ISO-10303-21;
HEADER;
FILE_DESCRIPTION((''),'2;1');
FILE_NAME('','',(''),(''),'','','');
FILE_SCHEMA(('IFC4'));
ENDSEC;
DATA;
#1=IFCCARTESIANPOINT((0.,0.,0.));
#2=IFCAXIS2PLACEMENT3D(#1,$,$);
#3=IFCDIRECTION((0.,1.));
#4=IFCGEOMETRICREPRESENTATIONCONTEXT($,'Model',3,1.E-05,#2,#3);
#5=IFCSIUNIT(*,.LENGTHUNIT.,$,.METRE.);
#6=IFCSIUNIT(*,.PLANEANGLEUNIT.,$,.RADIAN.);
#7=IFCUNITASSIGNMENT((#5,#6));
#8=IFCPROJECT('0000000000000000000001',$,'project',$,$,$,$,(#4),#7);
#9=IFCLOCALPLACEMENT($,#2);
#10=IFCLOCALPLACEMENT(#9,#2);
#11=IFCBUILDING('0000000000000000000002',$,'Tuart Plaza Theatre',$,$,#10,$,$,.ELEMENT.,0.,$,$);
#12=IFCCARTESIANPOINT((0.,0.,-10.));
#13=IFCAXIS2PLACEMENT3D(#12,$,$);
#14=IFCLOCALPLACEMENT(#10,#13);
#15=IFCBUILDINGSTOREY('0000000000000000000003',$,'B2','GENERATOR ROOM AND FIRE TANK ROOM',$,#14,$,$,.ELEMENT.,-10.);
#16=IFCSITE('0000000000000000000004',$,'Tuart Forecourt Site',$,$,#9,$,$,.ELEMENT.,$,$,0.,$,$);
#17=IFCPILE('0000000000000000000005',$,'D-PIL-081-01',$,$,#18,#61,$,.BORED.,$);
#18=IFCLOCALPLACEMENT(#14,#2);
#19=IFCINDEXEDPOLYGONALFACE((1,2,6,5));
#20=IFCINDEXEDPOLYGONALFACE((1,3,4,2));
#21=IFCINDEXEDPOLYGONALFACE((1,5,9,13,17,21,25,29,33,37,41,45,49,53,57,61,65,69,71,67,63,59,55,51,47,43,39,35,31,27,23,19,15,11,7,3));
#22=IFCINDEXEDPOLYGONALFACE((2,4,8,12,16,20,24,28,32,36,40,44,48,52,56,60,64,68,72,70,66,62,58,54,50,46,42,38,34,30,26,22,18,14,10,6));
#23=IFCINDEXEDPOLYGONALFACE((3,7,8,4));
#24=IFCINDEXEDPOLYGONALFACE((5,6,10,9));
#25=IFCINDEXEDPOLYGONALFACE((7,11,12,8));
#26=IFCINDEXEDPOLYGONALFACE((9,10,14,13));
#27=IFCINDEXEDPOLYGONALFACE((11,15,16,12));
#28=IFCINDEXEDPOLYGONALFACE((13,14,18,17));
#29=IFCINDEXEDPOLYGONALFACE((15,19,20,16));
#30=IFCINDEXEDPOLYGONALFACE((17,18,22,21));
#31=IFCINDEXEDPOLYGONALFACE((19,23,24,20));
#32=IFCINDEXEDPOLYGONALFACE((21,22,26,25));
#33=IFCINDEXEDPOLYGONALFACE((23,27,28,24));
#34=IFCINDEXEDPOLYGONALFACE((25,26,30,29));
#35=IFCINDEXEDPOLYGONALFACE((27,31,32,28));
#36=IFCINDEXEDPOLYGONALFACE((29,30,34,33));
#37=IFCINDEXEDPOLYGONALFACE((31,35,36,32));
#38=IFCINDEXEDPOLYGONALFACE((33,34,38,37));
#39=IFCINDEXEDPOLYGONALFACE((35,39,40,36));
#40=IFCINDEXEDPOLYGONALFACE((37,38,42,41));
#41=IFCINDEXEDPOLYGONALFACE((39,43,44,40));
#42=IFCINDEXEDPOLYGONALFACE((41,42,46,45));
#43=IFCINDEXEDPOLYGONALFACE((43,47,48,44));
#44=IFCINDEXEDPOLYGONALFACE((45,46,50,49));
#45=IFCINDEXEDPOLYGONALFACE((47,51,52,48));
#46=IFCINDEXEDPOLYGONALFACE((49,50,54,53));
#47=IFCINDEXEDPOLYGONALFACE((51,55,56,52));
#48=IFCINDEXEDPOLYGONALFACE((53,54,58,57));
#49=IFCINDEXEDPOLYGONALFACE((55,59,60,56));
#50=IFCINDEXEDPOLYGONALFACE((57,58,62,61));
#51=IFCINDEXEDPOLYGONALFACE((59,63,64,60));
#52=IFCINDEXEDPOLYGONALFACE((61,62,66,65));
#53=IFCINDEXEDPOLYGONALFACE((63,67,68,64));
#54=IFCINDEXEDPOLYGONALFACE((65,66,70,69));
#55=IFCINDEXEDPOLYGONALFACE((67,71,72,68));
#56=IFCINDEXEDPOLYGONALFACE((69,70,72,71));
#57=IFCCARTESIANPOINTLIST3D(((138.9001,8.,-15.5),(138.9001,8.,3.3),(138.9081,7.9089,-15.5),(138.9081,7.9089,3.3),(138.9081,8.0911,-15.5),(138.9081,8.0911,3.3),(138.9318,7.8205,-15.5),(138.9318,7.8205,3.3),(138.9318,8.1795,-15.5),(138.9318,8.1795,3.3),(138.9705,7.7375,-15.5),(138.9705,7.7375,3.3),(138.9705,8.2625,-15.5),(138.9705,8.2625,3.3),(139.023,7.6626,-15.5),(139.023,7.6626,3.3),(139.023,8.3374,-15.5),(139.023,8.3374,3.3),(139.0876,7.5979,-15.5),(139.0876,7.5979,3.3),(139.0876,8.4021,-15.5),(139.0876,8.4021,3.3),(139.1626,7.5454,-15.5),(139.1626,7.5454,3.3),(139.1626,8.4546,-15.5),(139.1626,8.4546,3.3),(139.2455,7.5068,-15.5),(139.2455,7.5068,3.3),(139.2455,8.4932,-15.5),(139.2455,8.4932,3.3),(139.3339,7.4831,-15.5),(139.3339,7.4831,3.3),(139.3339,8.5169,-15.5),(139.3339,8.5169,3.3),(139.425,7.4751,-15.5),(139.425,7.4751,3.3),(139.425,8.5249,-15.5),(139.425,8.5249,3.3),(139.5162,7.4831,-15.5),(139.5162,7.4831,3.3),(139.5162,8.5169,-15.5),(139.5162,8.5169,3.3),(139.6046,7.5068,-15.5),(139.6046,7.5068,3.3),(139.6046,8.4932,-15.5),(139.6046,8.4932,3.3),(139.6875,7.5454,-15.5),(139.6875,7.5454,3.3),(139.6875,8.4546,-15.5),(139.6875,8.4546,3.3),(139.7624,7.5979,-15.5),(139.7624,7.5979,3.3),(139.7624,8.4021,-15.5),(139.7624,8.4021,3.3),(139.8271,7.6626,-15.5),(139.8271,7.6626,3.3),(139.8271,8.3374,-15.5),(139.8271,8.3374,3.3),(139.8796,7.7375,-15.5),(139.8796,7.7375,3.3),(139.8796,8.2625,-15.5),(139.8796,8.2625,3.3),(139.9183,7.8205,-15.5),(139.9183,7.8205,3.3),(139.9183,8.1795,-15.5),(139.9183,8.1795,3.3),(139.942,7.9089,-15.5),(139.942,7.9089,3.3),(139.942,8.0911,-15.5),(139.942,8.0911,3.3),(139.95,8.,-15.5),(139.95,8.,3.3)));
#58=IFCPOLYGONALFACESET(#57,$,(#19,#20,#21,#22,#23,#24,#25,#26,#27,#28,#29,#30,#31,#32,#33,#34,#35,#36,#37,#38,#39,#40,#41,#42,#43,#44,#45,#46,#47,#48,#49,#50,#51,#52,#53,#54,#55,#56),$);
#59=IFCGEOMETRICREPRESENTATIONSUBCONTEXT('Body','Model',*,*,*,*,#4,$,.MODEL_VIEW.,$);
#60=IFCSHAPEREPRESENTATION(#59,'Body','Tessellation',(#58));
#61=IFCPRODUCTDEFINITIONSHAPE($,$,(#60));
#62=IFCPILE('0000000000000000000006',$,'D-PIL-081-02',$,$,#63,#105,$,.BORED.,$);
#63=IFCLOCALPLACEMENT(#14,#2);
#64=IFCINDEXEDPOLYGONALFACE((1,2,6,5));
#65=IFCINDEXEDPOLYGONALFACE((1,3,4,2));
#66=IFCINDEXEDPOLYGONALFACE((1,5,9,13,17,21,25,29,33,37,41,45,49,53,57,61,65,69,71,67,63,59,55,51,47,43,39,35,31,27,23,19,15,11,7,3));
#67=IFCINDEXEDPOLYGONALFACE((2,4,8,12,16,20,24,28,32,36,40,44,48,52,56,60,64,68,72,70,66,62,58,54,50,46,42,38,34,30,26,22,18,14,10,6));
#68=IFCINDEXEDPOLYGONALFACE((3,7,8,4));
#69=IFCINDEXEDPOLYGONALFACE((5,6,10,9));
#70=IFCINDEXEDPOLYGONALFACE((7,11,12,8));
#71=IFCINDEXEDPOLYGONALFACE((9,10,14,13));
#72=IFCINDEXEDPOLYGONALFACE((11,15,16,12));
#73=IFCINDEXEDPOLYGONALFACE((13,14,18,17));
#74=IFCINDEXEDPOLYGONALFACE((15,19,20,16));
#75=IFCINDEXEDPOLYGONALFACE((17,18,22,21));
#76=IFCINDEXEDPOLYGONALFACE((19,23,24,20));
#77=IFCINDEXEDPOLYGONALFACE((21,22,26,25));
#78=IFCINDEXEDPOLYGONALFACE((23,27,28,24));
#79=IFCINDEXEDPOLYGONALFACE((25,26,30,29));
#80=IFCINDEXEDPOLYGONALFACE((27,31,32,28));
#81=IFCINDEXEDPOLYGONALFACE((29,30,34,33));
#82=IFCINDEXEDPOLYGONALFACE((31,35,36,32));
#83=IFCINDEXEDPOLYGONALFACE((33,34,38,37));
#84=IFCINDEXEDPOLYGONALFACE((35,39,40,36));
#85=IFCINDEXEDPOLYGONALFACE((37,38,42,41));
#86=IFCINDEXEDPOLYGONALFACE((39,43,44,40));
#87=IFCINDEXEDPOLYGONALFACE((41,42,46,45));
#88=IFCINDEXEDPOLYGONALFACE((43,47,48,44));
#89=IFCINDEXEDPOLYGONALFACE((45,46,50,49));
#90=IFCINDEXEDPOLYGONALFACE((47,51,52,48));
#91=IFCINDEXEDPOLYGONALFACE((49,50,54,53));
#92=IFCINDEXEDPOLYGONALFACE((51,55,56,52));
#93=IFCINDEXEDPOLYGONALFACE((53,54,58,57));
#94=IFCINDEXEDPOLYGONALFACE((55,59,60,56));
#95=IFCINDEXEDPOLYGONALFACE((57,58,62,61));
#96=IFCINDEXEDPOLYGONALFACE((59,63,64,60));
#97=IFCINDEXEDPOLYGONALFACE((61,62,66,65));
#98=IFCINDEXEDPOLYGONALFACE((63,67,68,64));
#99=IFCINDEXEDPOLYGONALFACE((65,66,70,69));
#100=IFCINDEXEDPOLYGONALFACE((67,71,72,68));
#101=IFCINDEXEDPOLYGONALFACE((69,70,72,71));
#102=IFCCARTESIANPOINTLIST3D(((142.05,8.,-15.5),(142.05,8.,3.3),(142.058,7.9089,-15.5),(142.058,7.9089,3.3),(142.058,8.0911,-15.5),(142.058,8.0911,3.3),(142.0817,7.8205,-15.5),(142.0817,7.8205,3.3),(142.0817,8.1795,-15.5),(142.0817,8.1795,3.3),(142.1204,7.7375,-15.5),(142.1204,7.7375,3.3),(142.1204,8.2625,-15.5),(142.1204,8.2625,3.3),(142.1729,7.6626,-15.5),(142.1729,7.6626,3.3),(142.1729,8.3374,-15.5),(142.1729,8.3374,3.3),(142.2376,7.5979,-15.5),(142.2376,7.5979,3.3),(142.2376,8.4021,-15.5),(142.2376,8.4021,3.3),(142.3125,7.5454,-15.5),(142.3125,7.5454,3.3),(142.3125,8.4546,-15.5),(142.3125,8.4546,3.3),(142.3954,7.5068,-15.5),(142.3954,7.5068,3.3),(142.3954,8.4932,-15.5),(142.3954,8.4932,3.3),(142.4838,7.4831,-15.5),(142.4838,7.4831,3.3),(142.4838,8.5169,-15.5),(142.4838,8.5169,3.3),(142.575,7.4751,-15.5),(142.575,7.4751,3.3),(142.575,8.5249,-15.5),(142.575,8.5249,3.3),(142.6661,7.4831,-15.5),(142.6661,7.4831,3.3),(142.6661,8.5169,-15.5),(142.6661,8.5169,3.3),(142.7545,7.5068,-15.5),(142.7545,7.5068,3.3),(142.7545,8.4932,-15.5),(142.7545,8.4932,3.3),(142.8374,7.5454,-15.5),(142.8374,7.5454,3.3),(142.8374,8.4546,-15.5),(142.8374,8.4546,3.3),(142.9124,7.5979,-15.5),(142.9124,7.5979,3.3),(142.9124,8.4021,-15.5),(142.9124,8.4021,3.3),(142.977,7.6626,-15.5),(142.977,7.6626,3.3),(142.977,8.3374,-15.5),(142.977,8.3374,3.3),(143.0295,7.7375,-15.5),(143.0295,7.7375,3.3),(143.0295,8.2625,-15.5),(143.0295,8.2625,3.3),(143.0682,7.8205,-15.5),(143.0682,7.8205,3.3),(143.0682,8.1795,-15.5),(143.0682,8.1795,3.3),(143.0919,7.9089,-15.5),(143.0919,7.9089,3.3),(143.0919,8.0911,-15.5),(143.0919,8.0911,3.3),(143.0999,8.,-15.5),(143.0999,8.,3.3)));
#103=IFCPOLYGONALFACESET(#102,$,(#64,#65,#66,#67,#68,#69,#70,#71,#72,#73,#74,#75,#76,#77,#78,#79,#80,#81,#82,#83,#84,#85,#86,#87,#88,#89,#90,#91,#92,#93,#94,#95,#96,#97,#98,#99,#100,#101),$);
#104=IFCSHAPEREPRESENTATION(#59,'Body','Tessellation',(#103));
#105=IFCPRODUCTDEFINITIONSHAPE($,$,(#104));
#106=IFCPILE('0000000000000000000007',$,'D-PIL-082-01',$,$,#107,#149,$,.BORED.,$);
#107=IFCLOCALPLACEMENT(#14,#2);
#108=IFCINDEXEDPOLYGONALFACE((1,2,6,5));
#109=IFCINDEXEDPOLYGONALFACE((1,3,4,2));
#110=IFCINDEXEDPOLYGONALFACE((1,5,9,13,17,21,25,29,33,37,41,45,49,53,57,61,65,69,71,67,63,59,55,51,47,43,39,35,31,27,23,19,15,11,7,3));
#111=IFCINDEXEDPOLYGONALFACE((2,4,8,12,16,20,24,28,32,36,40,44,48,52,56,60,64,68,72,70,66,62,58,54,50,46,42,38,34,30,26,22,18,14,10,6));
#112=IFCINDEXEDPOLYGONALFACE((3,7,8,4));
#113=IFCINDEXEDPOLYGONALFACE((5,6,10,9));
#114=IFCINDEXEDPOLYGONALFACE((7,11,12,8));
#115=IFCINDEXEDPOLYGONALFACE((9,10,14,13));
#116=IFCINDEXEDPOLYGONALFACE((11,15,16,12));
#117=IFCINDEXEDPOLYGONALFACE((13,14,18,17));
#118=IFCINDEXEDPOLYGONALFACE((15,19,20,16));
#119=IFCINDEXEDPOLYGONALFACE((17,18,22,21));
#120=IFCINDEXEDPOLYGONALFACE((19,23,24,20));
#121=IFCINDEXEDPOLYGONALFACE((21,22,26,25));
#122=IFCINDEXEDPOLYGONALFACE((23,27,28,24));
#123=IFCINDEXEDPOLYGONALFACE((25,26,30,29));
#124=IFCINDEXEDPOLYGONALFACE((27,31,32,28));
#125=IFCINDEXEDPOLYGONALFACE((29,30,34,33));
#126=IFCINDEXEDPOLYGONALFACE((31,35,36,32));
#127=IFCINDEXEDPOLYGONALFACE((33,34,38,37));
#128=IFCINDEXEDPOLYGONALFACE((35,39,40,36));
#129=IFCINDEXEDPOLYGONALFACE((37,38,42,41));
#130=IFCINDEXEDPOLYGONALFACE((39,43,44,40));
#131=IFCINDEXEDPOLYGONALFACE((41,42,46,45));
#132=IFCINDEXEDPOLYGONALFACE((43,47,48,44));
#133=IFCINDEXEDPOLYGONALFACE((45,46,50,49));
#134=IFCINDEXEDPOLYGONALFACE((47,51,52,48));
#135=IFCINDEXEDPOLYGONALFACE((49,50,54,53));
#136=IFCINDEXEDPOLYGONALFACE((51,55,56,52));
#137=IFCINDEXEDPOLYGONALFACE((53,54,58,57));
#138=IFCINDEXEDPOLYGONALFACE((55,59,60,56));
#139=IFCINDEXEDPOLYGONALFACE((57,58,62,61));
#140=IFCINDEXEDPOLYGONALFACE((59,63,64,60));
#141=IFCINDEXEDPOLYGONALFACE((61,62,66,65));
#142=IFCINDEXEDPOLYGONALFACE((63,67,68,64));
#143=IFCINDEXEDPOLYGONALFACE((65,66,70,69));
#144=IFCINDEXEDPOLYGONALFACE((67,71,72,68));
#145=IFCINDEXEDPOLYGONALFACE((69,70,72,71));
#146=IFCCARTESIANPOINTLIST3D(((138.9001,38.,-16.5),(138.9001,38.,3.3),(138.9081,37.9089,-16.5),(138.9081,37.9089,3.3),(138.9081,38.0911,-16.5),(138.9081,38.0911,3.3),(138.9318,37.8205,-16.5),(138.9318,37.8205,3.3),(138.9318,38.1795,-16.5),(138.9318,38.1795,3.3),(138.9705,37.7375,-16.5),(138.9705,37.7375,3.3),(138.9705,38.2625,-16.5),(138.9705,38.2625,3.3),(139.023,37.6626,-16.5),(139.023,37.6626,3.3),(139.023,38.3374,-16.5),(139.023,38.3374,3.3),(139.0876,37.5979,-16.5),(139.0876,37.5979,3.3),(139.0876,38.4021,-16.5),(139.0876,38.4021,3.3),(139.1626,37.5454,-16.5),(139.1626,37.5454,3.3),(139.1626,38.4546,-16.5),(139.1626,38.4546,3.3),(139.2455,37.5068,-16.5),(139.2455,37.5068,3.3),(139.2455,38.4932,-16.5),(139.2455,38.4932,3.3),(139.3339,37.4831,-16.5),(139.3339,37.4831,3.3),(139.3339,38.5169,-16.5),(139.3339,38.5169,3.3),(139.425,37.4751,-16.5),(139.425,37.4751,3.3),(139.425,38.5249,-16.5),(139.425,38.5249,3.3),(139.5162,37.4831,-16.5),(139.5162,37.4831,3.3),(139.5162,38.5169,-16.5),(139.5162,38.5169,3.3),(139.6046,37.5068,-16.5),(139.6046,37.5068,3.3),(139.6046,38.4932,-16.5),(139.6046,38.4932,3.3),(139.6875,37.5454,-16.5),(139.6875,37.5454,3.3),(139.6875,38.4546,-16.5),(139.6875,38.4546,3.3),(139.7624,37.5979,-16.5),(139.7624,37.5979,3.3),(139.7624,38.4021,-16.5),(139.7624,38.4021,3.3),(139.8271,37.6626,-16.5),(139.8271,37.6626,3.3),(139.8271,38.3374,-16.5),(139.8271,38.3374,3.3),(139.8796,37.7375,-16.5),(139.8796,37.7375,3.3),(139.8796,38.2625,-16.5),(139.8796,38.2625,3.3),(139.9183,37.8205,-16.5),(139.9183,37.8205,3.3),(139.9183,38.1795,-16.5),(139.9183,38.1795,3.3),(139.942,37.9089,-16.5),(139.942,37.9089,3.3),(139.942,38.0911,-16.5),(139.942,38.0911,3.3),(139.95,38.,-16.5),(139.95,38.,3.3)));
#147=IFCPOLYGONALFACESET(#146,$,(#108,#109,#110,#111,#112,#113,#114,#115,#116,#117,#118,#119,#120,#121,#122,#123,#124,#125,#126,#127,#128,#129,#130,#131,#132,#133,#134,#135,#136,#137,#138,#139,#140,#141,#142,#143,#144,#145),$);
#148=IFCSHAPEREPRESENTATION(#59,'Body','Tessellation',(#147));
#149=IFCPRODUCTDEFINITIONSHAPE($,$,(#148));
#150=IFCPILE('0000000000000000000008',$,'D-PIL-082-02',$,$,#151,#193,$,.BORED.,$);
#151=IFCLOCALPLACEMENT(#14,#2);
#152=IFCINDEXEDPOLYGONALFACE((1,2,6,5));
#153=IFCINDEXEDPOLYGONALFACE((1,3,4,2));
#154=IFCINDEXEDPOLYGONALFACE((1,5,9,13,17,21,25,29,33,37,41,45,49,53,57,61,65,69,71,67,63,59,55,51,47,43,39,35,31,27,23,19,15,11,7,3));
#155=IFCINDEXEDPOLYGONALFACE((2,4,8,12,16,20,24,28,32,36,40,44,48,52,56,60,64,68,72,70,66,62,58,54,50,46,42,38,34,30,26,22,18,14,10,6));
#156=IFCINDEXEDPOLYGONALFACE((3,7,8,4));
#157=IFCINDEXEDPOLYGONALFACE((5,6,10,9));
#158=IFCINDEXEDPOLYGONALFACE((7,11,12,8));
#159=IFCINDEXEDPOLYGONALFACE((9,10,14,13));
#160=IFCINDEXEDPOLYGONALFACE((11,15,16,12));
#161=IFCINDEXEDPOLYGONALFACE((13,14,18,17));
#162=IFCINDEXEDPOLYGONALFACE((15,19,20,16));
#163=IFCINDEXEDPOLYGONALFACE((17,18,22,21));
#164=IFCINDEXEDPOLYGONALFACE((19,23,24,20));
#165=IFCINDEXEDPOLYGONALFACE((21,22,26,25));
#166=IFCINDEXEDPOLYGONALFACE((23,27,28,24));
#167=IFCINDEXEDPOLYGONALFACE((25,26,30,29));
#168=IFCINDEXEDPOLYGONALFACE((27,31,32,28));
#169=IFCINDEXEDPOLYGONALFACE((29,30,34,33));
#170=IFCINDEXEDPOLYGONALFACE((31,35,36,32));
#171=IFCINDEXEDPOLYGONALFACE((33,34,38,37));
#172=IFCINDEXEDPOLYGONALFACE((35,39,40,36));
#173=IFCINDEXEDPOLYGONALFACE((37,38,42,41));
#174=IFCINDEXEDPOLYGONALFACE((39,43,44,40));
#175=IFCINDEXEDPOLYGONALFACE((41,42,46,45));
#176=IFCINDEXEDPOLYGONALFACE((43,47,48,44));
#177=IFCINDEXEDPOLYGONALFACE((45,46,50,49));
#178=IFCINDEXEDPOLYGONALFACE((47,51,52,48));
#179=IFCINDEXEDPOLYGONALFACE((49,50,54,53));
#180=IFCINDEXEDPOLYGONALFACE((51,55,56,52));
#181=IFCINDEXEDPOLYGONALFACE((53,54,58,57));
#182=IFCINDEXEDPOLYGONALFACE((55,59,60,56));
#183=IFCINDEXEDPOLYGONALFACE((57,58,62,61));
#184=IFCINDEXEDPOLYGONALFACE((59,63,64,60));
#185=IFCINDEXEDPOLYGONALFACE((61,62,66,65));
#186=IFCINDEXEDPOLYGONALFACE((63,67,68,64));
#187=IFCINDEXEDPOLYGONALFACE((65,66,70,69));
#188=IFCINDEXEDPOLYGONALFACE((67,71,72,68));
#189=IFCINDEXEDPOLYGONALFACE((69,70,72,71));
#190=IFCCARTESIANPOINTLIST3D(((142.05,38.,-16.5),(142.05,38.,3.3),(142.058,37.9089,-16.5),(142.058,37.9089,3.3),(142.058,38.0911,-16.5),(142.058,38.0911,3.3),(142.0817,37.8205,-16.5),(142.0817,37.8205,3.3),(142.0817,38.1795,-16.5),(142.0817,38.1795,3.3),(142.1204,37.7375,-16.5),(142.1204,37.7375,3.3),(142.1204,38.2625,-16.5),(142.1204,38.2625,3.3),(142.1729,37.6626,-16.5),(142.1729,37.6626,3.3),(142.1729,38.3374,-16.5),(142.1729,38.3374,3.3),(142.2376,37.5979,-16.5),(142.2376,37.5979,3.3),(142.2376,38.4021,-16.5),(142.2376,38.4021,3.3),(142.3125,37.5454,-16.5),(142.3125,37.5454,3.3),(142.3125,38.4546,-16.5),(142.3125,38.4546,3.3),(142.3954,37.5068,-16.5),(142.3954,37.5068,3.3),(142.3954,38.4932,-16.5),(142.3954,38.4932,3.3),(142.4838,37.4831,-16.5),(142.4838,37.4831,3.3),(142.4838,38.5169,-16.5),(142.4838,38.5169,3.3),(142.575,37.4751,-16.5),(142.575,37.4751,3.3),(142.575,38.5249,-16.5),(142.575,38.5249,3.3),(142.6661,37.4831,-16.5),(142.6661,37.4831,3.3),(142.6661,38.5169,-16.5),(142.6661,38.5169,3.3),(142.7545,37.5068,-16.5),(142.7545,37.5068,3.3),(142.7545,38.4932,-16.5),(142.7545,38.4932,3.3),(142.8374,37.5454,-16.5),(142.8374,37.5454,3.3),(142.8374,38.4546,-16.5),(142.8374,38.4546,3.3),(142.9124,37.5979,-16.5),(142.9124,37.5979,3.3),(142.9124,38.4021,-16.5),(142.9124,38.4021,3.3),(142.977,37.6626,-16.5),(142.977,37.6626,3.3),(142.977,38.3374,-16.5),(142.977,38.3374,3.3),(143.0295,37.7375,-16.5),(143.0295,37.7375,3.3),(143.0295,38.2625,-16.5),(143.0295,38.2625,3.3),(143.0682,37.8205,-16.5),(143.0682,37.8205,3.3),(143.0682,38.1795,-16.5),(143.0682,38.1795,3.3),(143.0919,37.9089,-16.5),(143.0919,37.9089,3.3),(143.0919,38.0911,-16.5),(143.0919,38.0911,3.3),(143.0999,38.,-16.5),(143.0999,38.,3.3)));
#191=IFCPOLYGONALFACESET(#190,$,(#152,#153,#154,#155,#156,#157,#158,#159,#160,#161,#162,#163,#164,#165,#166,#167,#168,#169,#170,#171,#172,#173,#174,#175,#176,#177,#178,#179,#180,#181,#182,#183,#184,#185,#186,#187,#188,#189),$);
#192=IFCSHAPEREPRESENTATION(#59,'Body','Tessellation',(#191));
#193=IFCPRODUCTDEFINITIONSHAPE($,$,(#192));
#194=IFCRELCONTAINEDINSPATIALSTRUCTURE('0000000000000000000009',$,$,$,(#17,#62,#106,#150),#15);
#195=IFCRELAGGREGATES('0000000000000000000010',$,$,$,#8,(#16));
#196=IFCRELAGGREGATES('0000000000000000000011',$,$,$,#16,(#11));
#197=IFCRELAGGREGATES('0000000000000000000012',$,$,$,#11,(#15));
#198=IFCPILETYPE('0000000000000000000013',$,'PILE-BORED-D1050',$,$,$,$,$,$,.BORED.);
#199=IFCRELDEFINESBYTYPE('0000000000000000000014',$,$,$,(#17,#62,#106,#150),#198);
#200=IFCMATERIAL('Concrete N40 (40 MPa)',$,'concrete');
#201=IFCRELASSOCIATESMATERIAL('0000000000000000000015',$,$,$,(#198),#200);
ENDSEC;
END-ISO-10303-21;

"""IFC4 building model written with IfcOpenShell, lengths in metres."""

from ifc_helpers import new_model, si_unit, direction, frame, origin, origin_2d, place, context, subcontext, project, spatial, circle, extrude, material, material_profile, profile_set, type_object, element, save


model = new_model("IFC4")

# Units and contexts
model_context = context("Model", 3, precision=1e-05, world=origin(), true_north=direction((0.0, 1.0)))
body_context = subcontext(model_context, "Body", "Model", "MODEL_VIEW")
ifc_project = project(units=[si_unit("LENGTHUNIT", "METRE"), si_unit("PLANEANGLEUNIT", "RADIAN")], contexts=[model_context])

# Site, building, storey
site_placement = place(None, origin())
site = spatial("IfcSite", under=ifc_project, at=site_placement, Name="Tuart Forecourt Site", CompositionType="ELEMENT", RefElevation=0.0)
building_placement = place(site_placement, origin())
building = spatial("IfcBuilding", under=site, at=building_placement, Name="Tuart Plaza Theatre", CompositionType="ELEMENT", ElevationOfRefHeight=0.0)
storey_placement = place(building_placement, frame((0.0, 0.0, -10.0)))
storey = spatial("IfcBuildingStorey", under=building, at=storey_placement, Name="B2", Description="GENERATOR ROOM AND FIRE TANK ROOM", CompositionType="ELEMENT", Elevation=-10.0)

# Piles
ifc_material_1 = material(Name="Concrete N40 (40 MPa)", Category="concrete")
ifc_material_profile_1 = material_profile(ifc_material_1, circle(Radius=0.5249, at=origin_2d()), Name="PILE-BORED-D1050")
ifc_profile_set_1 = profile_set([ifc_material_profile_1], Name="Concrete N40 (40 MPa)")
pile_type_1 = type_object("IfcPileType", Name="PILE-BORED-D1050", PredefinedType="BORED", material=ifc_profile_set_1)
for number, where, z_axis, x_axis, name in (
    (1, (139.425, 8.0, 3.3), (0.0, 0.0, -1.0), (1.0, 0.0, 0.0), "D-PIL-081-01"),
    (2, (142.575, 8.0, 3.3), (0.0, 0.0, -1.0), (1.0, 0.0, 0.0), "D-PIL-081-02"),
):
    element("IfcPile", number, at=place(storey_placement, frame(where, z_axis=z_axis, x_axis=x_axis)), inside=storey, type_object=pile_type_1, Name=name, PredefinedType="BORED", context=body_context, shape_type="SweptSolid", body=[
        extrude(circle(Radius=0.5249, at=origin_2d()), origin(), (0.0, 0.0, 1.0), 18.8),
    ])
for number, where, z_axis, x_axis, name in (
    (3, (139.425, 38.0, 3.3), (0.0, 0.0, -1.0), (1.0, 0.0, 0.0), "D-PIL-082-01"),
    (4, (142.575, 38.0, 3.3), (0.0, 0.0, -1.0), (1.0, 0.0, 0.0), "D-PIL-082-02"),
):
    element("IfcPile", number, at=place(storey_placement, frame(where, z_axis=z_axis, x_axis=x_axis)), inside=storey, type_object=pile_type_1, Name=name, PredefinedType="BORED", context=body_context, shape_type="SweptSolid", body=[
        extrude(circle(Radius=0.5249, at=origin_2d()), origin(), (0.0, 0.0, 1.0), 19.8),
    ])

save(model, "model.ifc")
